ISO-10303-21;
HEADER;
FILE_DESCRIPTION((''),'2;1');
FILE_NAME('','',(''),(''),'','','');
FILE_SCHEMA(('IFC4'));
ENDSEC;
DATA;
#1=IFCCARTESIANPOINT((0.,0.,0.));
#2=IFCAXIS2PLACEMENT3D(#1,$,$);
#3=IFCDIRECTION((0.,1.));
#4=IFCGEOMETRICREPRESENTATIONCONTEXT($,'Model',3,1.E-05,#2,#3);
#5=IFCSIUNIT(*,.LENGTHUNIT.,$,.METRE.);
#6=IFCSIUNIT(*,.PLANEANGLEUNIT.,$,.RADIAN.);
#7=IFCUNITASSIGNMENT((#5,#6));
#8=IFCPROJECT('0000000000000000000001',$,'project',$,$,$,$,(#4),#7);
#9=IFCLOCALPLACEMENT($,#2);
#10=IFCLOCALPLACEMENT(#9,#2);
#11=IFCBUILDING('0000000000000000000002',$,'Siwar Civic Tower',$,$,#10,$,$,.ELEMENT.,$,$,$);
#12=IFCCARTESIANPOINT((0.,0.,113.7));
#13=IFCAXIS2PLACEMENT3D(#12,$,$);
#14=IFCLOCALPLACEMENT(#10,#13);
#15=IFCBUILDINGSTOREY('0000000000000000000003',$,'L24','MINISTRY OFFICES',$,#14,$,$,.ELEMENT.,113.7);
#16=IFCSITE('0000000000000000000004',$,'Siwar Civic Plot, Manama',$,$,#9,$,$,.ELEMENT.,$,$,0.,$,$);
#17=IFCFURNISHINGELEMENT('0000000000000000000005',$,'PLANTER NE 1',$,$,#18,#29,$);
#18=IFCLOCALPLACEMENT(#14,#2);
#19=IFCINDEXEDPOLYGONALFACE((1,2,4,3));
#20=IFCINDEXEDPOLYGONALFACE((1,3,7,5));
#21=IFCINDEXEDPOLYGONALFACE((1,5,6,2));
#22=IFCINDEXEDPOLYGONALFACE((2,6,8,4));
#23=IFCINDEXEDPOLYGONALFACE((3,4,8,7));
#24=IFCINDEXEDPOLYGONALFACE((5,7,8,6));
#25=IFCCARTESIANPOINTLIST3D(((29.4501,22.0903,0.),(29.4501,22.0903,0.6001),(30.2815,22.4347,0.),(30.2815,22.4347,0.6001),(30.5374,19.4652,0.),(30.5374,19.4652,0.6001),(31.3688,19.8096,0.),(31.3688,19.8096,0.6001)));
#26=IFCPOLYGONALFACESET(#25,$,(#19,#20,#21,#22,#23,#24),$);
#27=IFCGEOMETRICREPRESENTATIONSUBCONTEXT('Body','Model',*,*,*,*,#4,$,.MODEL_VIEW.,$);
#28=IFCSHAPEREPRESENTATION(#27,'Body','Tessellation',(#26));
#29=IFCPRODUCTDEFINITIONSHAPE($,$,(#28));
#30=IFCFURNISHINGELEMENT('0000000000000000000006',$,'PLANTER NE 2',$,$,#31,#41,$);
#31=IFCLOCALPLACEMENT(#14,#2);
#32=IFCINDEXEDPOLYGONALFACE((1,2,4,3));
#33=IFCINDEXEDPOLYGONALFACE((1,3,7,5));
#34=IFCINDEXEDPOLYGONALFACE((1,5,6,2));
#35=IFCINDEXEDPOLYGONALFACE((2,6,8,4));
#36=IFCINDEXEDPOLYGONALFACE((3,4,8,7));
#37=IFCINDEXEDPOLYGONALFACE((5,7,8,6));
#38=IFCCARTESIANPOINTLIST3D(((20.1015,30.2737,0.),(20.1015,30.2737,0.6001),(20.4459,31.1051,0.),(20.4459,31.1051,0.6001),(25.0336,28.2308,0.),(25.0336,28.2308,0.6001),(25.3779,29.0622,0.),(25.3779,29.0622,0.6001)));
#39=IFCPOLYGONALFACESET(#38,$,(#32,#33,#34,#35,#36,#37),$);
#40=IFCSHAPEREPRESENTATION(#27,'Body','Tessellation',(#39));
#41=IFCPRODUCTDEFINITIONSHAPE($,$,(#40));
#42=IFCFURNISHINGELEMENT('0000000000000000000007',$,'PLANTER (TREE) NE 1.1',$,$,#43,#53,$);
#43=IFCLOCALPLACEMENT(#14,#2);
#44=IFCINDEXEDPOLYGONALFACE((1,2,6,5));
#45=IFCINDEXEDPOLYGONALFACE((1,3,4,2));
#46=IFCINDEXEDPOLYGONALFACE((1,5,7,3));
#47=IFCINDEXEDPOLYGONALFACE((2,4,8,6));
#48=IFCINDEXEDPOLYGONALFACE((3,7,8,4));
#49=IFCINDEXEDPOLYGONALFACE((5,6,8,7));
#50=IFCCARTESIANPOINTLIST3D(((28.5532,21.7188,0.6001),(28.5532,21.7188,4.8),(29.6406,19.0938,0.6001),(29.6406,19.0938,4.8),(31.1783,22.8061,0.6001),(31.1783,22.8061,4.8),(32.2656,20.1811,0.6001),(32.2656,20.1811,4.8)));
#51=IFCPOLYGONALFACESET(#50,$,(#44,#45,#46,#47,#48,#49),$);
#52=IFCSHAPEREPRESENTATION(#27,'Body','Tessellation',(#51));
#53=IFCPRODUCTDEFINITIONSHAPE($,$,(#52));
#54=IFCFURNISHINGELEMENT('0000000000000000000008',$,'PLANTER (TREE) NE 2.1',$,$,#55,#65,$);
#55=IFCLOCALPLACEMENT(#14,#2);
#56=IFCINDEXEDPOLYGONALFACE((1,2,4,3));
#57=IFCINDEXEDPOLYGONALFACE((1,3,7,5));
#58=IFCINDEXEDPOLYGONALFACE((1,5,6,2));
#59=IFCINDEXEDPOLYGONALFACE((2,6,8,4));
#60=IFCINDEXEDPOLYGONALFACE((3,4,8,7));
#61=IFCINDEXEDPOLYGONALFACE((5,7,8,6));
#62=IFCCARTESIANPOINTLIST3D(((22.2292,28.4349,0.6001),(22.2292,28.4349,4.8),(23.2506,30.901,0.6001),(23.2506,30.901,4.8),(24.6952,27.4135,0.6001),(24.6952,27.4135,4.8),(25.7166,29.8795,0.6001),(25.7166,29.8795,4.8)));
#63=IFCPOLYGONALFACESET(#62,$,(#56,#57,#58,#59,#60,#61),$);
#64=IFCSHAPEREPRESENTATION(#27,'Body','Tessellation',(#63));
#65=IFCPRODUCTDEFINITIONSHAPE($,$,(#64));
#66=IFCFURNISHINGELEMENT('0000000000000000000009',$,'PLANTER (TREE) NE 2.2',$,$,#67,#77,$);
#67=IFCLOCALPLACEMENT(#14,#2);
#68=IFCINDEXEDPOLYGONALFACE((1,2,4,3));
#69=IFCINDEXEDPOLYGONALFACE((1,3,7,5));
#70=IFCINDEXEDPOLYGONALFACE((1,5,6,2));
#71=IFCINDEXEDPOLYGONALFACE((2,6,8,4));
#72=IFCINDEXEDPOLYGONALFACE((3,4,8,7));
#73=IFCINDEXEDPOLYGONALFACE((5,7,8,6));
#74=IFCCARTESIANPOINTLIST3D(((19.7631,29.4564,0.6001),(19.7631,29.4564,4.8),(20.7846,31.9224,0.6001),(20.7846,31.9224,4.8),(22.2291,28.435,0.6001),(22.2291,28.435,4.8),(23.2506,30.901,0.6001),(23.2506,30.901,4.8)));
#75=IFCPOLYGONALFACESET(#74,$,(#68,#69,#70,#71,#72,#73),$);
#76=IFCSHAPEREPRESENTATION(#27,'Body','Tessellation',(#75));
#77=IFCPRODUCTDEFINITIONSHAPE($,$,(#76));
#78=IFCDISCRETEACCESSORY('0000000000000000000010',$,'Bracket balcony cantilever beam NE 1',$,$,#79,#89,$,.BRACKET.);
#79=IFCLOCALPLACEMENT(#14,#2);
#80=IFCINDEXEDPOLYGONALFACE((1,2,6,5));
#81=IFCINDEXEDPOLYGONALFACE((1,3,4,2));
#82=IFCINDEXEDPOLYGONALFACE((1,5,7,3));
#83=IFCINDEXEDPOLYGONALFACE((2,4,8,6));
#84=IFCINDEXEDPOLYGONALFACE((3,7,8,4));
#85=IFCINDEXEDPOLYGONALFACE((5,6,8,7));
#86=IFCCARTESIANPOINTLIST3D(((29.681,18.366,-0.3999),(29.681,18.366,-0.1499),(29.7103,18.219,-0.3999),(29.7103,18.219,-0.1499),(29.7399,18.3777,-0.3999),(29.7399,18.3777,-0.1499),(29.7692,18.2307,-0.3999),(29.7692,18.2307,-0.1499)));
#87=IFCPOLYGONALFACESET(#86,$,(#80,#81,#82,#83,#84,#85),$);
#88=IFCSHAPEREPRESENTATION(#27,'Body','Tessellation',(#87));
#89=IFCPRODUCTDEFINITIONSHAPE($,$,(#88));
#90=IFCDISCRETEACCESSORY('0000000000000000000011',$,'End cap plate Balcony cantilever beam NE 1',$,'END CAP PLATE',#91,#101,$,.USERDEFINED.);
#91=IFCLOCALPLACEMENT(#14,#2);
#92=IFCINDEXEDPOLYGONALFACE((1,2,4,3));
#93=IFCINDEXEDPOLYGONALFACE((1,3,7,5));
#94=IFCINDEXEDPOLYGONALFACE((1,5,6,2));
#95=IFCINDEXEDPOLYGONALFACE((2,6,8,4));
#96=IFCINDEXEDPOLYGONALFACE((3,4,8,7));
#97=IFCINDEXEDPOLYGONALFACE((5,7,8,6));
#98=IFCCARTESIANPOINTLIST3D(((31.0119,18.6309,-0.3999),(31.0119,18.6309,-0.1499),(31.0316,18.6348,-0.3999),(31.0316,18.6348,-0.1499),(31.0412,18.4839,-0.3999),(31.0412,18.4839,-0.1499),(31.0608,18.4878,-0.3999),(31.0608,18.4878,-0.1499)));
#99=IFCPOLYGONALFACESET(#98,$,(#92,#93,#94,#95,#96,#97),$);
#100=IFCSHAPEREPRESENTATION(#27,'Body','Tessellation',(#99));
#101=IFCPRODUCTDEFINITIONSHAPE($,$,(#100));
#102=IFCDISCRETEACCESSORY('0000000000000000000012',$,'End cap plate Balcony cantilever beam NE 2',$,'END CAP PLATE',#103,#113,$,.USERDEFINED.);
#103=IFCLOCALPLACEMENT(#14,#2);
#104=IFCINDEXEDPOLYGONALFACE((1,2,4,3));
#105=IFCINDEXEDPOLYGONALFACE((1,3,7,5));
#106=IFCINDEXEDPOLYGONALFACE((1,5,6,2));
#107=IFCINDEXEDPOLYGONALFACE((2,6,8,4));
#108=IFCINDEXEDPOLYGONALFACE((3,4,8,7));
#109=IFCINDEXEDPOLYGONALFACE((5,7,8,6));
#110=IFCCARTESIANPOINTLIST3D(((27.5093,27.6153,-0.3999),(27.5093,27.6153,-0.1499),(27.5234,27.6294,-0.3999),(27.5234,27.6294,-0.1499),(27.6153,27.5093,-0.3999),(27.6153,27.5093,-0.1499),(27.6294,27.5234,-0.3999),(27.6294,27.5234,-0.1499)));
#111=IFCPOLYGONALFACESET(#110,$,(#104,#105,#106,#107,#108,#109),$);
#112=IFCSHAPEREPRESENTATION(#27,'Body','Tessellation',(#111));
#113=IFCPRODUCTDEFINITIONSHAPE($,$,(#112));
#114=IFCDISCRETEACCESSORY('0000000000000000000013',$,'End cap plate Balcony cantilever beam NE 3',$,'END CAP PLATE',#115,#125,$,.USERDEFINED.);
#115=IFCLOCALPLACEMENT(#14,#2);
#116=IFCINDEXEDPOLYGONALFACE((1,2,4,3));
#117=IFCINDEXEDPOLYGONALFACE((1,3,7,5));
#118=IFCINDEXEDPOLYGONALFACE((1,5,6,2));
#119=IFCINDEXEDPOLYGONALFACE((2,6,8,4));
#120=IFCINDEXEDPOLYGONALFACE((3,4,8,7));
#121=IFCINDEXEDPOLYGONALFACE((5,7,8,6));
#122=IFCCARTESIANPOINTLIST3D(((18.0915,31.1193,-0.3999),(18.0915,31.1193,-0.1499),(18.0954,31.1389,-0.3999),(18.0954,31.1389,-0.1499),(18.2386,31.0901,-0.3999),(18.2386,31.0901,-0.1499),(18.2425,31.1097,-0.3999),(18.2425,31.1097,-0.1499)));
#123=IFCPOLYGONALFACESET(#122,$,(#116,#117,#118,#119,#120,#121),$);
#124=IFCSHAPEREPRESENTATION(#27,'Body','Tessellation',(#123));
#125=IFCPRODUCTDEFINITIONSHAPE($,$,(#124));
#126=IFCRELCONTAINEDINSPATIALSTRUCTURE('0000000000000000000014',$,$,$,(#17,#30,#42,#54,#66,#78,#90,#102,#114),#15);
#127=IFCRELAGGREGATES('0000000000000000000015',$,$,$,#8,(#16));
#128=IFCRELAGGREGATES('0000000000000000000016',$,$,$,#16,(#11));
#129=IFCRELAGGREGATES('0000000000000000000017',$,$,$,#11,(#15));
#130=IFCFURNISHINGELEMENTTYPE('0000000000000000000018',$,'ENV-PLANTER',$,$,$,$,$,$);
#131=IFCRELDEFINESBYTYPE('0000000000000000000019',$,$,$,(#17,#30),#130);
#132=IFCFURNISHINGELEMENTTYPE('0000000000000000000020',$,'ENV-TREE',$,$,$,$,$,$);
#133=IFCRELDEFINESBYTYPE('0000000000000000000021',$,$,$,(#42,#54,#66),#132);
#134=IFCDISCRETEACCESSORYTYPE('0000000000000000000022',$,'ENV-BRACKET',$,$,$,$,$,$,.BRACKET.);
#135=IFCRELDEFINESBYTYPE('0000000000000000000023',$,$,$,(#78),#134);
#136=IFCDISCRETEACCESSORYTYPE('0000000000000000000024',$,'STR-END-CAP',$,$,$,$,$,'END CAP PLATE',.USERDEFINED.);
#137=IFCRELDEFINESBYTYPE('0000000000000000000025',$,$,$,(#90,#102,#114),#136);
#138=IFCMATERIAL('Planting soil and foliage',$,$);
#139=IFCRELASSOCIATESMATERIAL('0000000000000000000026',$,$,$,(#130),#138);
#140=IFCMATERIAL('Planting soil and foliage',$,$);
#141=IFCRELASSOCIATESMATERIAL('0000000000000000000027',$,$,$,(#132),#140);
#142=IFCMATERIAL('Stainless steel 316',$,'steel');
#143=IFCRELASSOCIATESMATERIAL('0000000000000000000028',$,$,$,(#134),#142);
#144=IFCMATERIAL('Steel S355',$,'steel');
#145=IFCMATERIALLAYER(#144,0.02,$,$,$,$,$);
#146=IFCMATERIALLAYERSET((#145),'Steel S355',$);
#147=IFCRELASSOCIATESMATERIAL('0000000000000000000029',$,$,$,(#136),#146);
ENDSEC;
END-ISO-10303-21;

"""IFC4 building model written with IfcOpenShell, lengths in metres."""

from ifc_helpers import new_model, si_unit, direction, frame, origin, origin_2d, place, context, subcontext, project, spatial, rectangle, extrude, material, layer, layer_set, type_object, element, save


model = new_model("IFC4")

# Units and contexts
model_context = context("Model", 3, precision=1e-05, world=origin(), true_north=direction((0.0, 1.0)))
body_context = subcontext(model_context, "Body", "Model", "MODEL_VIEW")
ifc_project = project(units=[si_unit("LENGTHUNIT", "METRE"), si_unit("PLANEANGLEUNIT", "RADIAN")], contexts=[model_context])

# Site, building, storey
site_placement = place(None, origin())
site = spatial("IfcSite", under=ifc_project, at=site_placement, Name="Siwar Civic Plot, Manama", CompositionType="ELEMENT", RefElevation=0.0)
building_placement = place(site_placement, origin())
building = spatial("IfcBuilding", under=site, at=building_placement, Name="Siwar Civic Tower", CompositionType="ELEMENT")
storey_placement = place(building_placement, frame((0.0, 0.0, 113.7)))
storey = spatial("IfcBuildingStorey", under=building, at=storey_placement, Name="L24", Description="MINISTRY OFFICES", CompositionType="ELEMENT", Elevation=113.7)

# Furnishing elements
ifc_material_1 = material(Name="Planting soil and foliage")
furnishing_element_type_1 = type_object("IfcFurnishingElementType", Name="ENV-PLANTER", material=ifc_material_1)
furnishing_1_placement = place(storey_placement, frame((30.4094, 20.95, 0.0), z_axis=(0.0, 0.0, 1.0), x_axis=(-0.382683, 0.92388, 0.0)))
element("IfcFurnishingElement", 1, at=furnishing_1_placement, inside=storey, type_object=furnishing_element_type_1, Name="PLANTER NE 1", context=body_context, shape_type="SweptSolid", body=[
    extrude(rectangle(XDim=2.8413, YDim=0.8999, at=origin_2d()), origin(), (0.0, 0.0, 1.0), 0.6001),
])
furnishing_2_placement = place(storey_placement, frame((22.7397, 29.668, 0.0), z_axis=(0.0, 0.0, 1.0), x_axis=(-0.92388, 0.382683, 0.0)))
element("IfcFurnishingElement", 2, at=furnishing_2_placement, inside=storey, type_object=furnishing_element_type_1, Name="PLANTER NE 2", context=body_context, shape_type="SweptSolid", body=[
    extrude(rectangle(XDim=5.3384, YDim=0.8999, at=origin_2d()), origin(), (0.0, 0.0, 1.0), 0.6001),
])
ifc_material_2 = material(Name="Planting soil and foliage")
furnishing_element_type_2 = type_object("IfcFurnishingElementType", Name="ENV-TREE", material=ifc_material_2)
furnishing_3_placement = place(storey_placement, frame((30.4094, 20.95, 0.6001), z_axis=(0.0, 0.0, 1.0), x_axis=(-0.382683, 0.92388, 0.0)))
element("IfcFurnishingElement", 3, at=furnishing_3_placement, inside=storey, type_object=furnishing_element_type_2, Name="PLANTER (TREE) NE 1.1", context=body_context, shape_type="SweptSolid", body=[
    extrude(rectangle(XDim=2.8413, YDim=2.8413, at=origin_2d()), origin(), (0.0, 0.0, 1.0), 4.2),
])
for number, where, z_axis, x_axis, name in (
    (4, (23.9729, 29.1572, 0.6001), (0.0, 0.0, 1.0), (-0.92388, 0.382683, 0.0), "PLANTER (TREE) NE 2.1"),
    (5, (21.5068, 30.1787, 0.6001), (0.0, 0.0, 1.0), (-0.92388, 0.382683, 0.0), "PLANTER (TREE) NE 2.2"),
):
    element("IfcFurnishingElement", number, at=place(storey_placement, frame(where, z_axis=z_axis, x_axis=x_axis)), inside=storey, type_object=furnishing_element_type_2, Name=name, context=body_context, shape_type="SweptSolid", body=[
        extrude(rectangle(XDim=2.6692, YDim=2.6692, at=origin_2d()), origin(), (0.0, 0.0, 1.0), 4.2),
    ])

# Discrete accessories
ifc_material_3 = material(Name="Stainless steel 316", Category="steel")
discrete_accessory_type_1 = type_object("IfcDiscreteAccessoryType", Name="ENV-BRACKET", PredefinedType="BRACKET", material=ifc_material_3)
discrete_accessory_placement = place(storey_placement, frame((29.7251, 18.2983, -0.3999), z_axis=(0.0, 0.0, 1.0), x_axis=(0.980785, 0.19509, 0.0)))
element("IfcDiscreteAccessory", 6, at=discrete_accessory_placement, inside=storey, type_object=discrete_accessory_type_1, Name="Bracket balcony cantilever beam NE 1", PredefinedType="BRACKET", context=body_context, shape_type="SweptSolid", body=[
    extrude(rectangle(XDim=0.0601, YDim=0.1499, at=origin_2d()), origin(), (0.0, 0.0, 1.0), 0.25),
])
ifc_material_4 = material(Name="Steel S355", Category="steel")
ifc_layer_1 = layer(ifc_material_4, 0.02)
ifc_layer_set_1 = layer_set([ifc_layer_1], Name="Steel S355")
discrete_accessory_type_2 = type_object("IfcDiscreteAccessoryType", Name="STR-END-CAP", ElementType="END CAP PLATE", PredefinedType="USERDEFINED", material=ifc_layer_set_1)
for number, where, z_axis, x_axis, name in (
    (7, (31.0364, 18.5593, -0.3999), (0.0, 0.0, 1.0), (0.980785, 0.19509, 0.0), "End cap plate Balcony cantilever beam NE 1"),
    (8, (27.5693, 27.5693, -0.3999), (0.0, 0.0, 1.0), (0.707107, 0.707107, 0.0), "End cap plate Balcony cantilever beam NE 2"),
    (9, (18.167, 31.1145, -0.3999), (0.0, 0.0, 1.0), (0.19509, 0.980785, 0.0), "End cap plate Balcony cantilever beam NE 3"),
):
    element("IfcDiscreteAccessory", number, at=place(storey_placement, frame(where, z_axis=z_axis, x_axis=x_axis)), inside=storey, type_object=discrete_accessory_type_2, Name=name, ObjectType="END CAP PLATE", PredefinedType="USERDEFINED", context=body_context, shape_type="SweptSolid", body=[
        extrude(rectangle(XDim=0.02, YDim=0.1499, at=origin_2d()), origin(), (0.0, 0.0, 1.0), 0.25),
    ])

save(model, "model.ifc")
